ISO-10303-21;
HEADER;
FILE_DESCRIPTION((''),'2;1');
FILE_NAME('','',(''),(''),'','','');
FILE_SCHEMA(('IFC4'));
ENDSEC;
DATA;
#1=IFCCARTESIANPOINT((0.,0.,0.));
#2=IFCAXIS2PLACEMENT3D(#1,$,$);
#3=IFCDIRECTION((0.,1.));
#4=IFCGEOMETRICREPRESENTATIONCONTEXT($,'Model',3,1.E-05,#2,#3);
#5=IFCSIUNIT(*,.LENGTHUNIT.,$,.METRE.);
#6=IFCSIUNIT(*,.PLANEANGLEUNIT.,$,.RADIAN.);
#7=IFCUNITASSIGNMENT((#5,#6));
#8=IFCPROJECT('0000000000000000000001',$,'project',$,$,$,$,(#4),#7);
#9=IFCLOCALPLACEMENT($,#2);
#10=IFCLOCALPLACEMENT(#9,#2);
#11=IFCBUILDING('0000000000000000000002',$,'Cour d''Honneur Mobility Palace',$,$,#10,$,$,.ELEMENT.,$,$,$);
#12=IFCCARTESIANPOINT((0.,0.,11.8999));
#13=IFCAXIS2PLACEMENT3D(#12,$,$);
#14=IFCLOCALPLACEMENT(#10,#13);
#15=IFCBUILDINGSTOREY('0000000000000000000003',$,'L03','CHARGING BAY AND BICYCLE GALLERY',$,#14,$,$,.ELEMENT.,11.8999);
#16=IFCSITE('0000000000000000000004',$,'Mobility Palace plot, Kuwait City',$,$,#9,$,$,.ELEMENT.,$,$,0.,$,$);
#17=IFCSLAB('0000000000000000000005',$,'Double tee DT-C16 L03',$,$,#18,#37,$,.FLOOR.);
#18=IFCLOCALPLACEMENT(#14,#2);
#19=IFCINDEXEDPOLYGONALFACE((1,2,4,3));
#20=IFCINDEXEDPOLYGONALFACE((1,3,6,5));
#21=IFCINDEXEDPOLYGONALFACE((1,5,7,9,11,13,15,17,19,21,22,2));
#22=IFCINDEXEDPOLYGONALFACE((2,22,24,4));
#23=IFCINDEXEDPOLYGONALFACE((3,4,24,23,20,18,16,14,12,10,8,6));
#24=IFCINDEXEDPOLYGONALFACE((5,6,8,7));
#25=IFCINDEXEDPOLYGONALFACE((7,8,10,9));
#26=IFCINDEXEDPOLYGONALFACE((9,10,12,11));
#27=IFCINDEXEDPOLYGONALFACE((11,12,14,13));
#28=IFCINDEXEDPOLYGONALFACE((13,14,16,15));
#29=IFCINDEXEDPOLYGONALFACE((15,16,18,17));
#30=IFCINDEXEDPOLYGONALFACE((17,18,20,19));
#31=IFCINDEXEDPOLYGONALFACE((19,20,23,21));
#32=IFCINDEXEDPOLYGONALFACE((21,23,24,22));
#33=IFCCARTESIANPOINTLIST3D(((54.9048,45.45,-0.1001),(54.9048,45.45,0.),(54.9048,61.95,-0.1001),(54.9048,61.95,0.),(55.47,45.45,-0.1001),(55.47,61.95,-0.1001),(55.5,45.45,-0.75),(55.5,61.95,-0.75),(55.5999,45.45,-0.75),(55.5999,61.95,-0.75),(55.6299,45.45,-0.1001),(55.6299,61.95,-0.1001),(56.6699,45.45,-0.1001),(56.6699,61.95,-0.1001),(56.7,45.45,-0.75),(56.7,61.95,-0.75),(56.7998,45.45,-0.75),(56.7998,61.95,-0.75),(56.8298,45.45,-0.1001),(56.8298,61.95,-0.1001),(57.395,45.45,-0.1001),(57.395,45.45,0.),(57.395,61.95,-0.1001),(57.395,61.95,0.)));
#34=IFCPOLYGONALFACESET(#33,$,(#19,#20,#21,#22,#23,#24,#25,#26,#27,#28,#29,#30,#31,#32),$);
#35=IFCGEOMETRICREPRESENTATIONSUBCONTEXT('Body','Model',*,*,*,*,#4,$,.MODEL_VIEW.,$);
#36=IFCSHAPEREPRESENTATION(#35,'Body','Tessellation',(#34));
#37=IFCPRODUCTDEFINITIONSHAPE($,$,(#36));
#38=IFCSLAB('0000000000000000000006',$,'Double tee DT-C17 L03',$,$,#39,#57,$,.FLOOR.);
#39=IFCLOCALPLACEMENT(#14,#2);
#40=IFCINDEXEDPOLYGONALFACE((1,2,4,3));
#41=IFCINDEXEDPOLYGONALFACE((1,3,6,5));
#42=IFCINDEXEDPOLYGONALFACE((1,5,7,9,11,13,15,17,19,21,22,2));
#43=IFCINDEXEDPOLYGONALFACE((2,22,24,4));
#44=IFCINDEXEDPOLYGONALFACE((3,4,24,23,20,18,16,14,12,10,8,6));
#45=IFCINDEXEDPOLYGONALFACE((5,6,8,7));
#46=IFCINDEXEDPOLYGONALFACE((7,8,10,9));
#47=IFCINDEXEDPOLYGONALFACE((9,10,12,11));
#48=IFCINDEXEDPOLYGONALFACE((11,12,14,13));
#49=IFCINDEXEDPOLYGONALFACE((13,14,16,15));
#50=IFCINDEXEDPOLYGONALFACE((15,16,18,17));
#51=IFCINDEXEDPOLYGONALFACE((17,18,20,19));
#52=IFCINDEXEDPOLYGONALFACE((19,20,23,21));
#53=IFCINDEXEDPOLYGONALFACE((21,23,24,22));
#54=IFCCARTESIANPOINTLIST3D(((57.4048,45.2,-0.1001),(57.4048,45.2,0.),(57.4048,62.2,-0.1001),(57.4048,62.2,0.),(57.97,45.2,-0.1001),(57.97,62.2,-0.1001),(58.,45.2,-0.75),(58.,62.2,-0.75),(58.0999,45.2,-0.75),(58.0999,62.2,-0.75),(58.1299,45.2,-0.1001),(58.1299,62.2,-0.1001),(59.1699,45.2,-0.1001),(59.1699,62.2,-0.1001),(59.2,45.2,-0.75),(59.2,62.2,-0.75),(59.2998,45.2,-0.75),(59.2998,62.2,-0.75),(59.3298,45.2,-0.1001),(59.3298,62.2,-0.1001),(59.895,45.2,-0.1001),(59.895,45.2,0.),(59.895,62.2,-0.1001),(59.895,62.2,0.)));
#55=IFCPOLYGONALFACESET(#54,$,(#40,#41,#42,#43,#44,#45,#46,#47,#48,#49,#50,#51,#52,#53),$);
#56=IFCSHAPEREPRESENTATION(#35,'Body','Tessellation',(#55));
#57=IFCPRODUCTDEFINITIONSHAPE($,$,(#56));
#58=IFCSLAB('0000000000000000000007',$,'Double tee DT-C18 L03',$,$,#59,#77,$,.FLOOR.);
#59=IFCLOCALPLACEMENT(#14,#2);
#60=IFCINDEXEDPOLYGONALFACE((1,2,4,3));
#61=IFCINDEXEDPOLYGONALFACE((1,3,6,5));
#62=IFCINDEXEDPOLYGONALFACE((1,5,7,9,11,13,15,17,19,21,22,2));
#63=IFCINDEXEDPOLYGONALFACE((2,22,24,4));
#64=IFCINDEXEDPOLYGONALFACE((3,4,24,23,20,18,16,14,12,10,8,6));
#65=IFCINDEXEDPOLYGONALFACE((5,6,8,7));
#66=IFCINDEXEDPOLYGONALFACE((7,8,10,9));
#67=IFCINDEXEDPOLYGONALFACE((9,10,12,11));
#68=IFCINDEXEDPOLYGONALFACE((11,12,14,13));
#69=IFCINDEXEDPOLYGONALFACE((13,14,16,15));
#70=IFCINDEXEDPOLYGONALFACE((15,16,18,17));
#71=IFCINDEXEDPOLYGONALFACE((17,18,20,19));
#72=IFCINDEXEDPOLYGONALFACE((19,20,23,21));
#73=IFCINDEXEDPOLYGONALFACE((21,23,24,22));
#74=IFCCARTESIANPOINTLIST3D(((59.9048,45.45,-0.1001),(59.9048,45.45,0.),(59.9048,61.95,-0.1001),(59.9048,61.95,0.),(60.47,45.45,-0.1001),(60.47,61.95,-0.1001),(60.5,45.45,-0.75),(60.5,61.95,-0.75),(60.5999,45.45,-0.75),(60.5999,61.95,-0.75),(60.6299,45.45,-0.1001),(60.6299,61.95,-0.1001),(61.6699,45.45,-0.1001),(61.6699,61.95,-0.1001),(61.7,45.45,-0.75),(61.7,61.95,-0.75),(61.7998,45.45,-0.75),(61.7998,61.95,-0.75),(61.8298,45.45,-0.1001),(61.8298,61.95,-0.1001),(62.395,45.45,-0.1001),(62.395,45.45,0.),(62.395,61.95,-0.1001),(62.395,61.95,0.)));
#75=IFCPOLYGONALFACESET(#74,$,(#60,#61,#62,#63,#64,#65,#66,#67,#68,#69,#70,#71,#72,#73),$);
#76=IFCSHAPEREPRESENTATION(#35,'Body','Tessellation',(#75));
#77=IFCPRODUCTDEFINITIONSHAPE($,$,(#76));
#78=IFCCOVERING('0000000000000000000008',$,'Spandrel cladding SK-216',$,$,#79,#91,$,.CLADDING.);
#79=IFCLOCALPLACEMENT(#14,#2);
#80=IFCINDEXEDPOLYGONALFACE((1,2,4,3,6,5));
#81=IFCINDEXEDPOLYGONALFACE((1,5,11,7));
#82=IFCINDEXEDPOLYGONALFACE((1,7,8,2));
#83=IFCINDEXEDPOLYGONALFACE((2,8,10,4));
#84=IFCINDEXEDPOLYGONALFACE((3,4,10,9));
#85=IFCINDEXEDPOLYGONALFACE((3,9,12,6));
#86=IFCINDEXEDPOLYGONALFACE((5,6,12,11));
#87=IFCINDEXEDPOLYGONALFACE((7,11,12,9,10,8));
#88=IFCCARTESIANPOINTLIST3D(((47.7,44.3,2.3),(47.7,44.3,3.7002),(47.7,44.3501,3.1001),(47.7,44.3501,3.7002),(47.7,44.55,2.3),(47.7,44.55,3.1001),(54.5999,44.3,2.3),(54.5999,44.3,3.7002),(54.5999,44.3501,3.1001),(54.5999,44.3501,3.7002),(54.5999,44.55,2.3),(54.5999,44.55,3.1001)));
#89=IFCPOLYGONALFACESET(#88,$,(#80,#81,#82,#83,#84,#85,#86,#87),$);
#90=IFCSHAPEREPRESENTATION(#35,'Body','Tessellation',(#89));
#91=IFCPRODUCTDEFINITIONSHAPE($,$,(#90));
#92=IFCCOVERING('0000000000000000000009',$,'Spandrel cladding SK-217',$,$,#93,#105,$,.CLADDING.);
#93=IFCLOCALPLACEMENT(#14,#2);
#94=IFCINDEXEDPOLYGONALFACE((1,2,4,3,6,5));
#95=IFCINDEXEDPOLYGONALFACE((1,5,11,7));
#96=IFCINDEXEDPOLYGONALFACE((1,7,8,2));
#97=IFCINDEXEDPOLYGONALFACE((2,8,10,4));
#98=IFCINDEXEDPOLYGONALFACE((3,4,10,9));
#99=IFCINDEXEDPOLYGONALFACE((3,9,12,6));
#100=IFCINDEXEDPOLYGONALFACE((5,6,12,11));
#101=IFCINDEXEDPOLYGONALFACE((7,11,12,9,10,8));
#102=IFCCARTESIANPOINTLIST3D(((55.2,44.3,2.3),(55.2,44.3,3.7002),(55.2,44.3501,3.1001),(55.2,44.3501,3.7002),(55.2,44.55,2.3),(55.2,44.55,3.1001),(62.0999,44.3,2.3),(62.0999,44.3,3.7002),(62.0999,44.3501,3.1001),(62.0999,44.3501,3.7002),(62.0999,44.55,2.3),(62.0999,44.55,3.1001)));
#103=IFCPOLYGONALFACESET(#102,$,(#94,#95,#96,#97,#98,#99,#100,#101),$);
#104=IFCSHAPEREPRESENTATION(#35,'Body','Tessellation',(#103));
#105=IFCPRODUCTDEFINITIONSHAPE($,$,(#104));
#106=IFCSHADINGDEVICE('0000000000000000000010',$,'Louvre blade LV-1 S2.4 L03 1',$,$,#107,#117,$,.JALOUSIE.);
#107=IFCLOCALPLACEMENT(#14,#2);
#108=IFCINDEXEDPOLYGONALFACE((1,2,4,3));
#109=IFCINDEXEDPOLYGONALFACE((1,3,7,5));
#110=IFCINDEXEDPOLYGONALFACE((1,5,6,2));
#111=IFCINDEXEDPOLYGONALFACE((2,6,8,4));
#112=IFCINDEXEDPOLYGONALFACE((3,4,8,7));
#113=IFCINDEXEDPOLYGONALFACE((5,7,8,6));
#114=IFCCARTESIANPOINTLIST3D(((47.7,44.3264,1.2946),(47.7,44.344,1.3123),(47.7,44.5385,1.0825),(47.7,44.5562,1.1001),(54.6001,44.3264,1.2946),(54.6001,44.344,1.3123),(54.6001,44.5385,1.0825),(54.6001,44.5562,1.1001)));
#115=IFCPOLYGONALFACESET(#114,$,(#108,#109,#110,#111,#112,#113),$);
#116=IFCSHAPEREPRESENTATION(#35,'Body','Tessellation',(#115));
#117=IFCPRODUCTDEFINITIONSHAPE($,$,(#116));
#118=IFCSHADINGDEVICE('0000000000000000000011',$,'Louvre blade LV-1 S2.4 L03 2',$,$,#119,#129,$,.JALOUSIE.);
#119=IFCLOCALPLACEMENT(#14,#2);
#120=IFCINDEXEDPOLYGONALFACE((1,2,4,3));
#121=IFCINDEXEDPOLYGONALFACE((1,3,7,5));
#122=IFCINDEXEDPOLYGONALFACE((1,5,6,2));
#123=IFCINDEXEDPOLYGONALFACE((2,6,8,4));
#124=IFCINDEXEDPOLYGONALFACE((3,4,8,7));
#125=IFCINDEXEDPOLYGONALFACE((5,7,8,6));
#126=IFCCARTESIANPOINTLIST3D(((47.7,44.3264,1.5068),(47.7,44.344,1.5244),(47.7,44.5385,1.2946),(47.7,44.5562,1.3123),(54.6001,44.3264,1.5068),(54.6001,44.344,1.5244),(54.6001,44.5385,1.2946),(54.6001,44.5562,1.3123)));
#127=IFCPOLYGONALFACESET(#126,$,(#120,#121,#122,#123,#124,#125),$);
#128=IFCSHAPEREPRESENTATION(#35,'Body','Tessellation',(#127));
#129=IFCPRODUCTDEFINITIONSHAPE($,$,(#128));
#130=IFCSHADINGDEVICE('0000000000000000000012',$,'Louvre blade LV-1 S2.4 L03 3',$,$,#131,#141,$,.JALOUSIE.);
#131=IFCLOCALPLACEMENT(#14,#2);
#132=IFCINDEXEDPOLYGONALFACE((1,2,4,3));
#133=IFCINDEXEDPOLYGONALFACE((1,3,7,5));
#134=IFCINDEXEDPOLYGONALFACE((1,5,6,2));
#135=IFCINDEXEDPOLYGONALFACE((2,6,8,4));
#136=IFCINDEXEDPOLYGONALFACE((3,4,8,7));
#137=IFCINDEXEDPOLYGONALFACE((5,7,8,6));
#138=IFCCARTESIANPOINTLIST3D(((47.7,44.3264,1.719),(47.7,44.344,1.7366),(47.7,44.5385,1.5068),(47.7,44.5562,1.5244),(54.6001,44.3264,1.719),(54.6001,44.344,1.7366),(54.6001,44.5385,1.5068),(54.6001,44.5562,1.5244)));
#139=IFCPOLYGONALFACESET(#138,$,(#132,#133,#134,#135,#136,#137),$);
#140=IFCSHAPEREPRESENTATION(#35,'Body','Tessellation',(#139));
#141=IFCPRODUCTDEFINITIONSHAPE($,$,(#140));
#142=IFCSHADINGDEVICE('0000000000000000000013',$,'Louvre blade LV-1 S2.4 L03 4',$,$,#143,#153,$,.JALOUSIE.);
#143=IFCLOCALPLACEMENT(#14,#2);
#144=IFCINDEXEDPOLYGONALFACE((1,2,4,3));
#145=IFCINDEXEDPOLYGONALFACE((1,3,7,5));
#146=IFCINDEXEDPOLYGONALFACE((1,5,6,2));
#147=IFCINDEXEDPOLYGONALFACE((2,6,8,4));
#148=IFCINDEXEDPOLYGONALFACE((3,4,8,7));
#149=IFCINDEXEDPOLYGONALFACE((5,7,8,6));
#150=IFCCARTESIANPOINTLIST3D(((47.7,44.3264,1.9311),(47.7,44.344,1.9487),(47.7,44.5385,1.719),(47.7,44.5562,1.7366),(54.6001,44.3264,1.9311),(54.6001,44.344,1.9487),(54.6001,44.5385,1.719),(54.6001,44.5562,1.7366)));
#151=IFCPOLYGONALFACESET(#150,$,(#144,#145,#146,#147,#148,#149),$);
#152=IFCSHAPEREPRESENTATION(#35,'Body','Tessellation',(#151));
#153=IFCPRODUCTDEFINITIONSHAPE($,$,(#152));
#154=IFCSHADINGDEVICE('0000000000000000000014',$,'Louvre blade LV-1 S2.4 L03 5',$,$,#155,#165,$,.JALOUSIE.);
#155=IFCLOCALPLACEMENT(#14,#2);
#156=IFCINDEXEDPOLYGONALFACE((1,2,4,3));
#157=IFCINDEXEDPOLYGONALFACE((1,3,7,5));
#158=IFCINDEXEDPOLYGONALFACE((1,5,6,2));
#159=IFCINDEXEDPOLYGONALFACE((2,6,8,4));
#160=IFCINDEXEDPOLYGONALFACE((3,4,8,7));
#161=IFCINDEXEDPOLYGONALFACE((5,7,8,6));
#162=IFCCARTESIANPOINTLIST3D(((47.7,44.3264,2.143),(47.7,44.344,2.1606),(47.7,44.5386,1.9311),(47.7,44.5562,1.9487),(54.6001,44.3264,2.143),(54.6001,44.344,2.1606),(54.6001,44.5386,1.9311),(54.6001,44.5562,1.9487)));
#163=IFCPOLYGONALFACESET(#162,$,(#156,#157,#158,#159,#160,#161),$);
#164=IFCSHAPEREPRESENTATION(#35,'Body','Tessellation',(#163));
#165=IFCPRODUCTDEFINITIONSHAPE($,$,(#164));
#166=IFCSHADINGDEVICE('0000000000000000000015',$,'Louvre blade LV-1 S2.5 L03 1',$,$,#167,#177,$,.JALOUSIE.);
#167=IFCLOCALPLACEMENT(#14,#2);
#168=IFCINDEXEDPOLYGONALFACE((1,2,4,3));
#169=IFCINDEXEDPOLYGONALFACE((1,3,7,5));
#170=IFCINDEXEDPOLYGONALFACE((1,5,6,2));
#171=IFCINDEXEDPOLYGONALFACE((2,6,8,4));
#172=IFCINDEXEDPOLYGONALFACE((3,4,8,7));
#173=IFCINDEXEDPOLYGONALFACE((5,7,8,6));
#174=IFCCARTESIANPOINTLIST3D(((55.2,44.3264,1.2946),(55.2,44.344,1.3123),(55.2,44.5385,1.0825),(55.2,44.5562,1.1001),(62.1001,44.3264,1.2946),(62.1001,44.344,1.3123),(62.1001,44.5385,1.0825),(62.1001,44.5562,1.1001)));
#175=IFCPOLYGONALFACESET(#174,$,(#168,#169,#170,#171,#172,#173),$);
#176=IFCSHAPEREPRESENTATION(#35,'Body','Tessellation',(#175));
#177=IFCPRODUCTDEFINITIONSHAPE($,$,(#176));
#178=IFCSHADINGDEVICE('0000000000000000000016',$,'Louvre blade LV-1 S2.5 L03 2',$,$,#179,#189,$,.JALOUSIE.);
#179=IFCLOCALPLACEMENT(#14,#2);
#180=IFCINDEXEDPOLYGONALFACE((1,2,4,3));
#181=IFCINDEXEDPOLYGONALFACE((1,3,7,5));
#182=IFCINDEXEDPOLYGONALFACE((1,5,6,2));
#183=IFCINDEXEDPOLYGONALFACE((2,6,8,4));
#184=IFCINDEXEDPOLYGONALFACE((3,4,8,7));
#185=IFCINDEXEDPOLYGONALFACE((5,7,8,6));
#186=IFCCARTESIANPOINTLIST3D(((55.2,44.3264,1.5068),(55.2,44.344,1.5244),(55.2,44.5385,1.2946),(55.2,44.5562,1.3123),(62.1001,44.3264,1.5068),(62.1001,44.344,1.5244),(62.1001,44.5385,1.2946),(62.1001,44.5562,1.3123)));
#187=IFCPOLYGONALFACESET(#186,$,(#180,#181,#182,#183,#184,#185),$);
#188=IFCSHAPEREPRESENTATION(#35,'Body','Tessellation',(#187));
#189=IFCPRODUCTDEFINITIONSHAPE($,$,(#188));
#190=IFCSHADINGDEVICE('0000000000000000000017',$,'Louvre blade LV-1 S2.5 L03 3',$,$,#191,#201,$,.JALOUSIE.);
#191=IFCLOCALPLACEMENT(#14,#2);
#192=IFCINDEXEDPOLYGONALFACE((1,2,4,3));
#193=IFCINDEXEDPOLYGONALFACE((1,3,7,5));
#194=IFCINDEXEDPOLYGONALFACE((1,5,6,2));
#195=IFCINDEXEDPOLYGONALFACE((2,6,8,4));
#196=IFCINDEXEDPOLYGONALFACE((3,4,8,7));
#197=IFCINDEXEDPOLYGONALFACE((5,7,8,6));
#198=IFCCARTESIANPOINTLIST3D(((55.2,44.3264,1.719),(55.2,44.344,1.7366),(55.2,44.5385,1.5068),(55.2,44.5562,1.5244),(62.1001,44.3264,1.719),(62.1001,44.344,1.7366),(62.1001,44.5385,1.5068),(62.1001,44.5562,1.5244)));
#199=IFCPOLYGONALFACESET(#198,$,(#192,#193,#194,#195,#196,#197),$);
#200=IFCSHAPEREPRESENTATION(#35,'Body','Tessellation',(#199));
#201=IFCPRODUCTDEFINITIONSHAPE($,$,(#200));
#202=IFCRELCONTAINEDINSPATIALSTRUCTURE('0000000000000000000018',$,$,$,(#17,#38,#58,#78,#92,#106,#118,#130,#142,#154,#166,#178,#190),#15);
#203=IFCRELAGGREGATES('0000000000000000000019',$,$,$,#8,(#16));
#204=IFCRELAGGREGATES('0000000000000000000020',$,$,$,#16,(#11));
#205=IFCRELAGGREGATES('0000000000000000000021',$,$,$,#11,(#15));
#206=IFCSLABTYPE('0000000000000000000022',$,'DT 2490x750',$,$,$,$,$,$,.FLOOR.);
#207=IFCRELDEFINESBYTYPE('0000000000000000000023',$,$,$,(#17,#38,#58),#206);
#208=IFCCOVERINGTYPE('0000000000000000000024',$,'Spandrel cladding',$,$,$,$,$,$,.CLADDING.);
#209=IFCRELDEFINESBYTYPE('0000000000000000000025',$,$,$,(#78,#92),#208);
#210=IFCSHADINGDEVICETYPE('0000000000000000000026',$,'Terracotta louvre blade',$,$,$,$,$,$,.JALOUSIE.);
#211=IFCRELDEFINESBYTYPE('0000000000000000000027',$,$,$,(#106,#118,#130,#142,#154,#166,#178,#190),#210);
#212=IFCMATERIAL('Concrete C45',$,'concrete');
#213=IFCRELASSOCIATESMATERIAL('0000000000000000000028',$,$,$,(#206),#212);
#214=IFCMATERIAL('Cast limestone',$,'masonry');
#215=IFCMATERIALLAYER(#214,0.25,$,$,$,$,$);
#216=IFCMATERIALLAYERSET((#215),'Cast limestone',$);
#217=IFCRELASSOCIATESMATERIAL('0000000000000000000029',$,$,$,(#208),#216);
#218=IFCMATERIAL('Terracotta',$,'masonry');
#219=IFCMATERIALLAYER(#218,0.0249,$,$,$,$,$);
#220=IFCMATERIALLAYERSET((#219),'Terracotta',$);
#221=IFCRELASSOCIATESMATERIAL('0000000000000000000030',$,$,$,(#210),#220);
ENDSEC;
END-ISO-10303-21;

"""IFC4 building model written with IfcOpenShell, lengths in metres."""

from ifc_helpers import new_model, si_unit, direction, frame, origin, place, context, subcontext, project, spatial, polyline, outline, extrude, material, layer, layer_set, material_profile, profile_set, type_object, element, save


model = new_model("IFC4")

# Units and contexts
model_context = context("Model", 3, precision=1e-05, world=origin(), true_north=direction((0.0, 1.0)))
body_context = subcontext(model_context, "Body", "Model", "MODEL_VIEW")
ifc_project = project(units=[si_unit("LENGTHUNIT", "METRE"), si_unit("PLANEANGLEUNIT", "RADIAN")], contexts=[model_context])

# Site, building, storey
site_placement = place(None, origin())
site = spatial("IfcSite", under=ifc_project, at=site_placement, Name="Mobility Palace plot, Kuwait City", CompositionType="ELEMENT", RefElevation=0.0)
building_placement = place(site_placement, origin())
building = spatial("IfcBuilding", under=site, at=building_placement, Name="Cour d'Honneur Mobility Palace", CompositionType="ELEMENT")
storey_placement = place(building_placement, frame((0.0, 0.0, 11.8999)))
storey = spatial("IfcBuildingStorey", under=building, at=storey_placement, Name="L03", Description="CHARGING BAY AND BICYCLE GALLERY", CompositionType="ELEMENT", Elevation=11.8999)

# Slabs
ifc_material_1 = material(Name="Concrete C45", Category="concrete")
ifc_material_profile_1 = material_profile(ifc_material_1, outline(polyline([(-1.2451, 0.0), (1.2451, 0.0), (1.2451, -0.1001), (0.6799, -0.1001), (0.6499, -0.75), (0.55, -0.75), (0.52, -0.1001), (-0.52, -0.1001), (-0.55, -0.75), (-0.6499, -0.75), (-0.6799, -0.1001), (-1.2451, -0.1001), (-1.2451, 0.0)])), Name="DT 2490x750")
ifc_profile_set_1 = profile_set([ifc_material_profile_1], Name="Concrete C45")
slab_type = type_object("IfcSlabType", Name="DT 2490x750", PredefinedType="FLOOR", material=ifc_profile_set_1)
for number, where, z_axis, x_axis, name in (
    (1, (56.1499, 45.45, 0.0), (0.0, 1.0, 0.0), (-1.0, 0.0, 0.0), "Double tee DT-C16 L03"),
):
    element("IfcSlab", number, at=place(storey_placement, frame(where, z_axis=z_axis, x_axis=x_axis)), inside=storey, type_object=slab_type, Name=name, PredefinedType="FLOOR", context=body_context, shape_type="SweptSolid", body=[
        extrude(outline(polyline([(-1.2451, 0.0), (1.2451, 0.0), (1.2451, -0.1001), (0.6799, -0.1001), (0.6499, -0.75), (0.55, -0.75), (0.52, -0.1001), (-0.52, -0.1001), (-0.55, -0.75), (-0.6499, -0.75), (-0.6799, -0.1001), (-1.2451, -0.1001), (-1.2451, 0.0)])), origin(), (0.0, 0.0, 1.0), 16.5),
    ])
slab_1_placement = place(storey_placement, frame((58.6499, 45.2, 0.0), z_axis=(0.0, 1.0, 0.0), x_axis=(-1.0, 0.0, 0.0)))
element("IfcSlab", 2, at=slab_1_placement, inside=storey, type_object=slab_type, Name="Double tee DT-C17 L03", PredefinedType="FLOOR", context=body_context, shape_type="SweptSolid", body=[
    extrude(outline(polyline([(-1.2451, 0.0), (1.2451, 0.0), (1.2451, -0.1001), (0.6799, -0.1001), (0.6499, -0.75), (0.55, -0.75), (0.52, -0.1001), (-0.52, -0.1001), (-0.55, -0.75), (-0.6499, -0.75), (-0.6799, -0.1001), (-1.2451, -0.1001), (-1.2451, 0.0)])), origin(), (0.0, 0.0, 1.0), 17.0),
])
slab_2_placement = place(storey_placement, frame((61.1499, 45.45, 0.0), z_axis=(0.0, 1.0, 0.0), x_axis=(-1.0, 0.0, 0.0)))
element("IfcSlab", 3, at=slab_2_placement, inside=storey, type_object=slab_type, Name="Double tee DT-C18 L03", PredefinedType="FLOOR", context=body_context, shape_type="SweptSolid", body=[
    extrude(outline(polyline([(-1.2451, 0.0), (1.2451, 0.0), (1.2451, -0.1001), (0.6799, -0.1001), (0.6499, -0.75), (0.55, -0.75), (0.52, -0.1001), (-0.52, -0.1001), (-0.55, -0.75), (-0.6499, -0.75), (-0.6799, -0.1001), (-1.2451, -0.1001), (-1.2451, 0.0)])), origin(), (0.0, 0.0, 1.0), 16.5),
])

# Coverings
ifc_material_2 = material(Name="Cast limestone", Category="masonry")
ifc_layer_1 = layer(ifc_material_2, 0.25)
ifc_layer_set_1 = layer_set([ifc_layer_1], Name="Cast limestone")
covering_type = type_object("IfcCoveringType", Name="Spandrel cladding", PredefinedType="CLADDING", material=ifc_layer_set_1)
for number, where, z_axis, x_axis, name in (
    (4, (47.7, 44.55, 2.3), (-1.0, 0.0, 0.0), (0.0, -1.0, 0.0), "Spandrel cladding SK-216"),
    (5, (55.2, 44.55, 2.3), (-1.0, 0.0, 0.0), (0.0, -1.0, 0.0), "Spandrel cladding SK-217"),
):
    element("IfcCovering", number, at=place(storey_placement, frame(where, z_axis=z_axis, x_axis=x_axis)), inside=storey, type_object=covering_type, Name=name, PredefinedType="CLADDING", context=body_context, shape_type="SweptSolid", body=[
        extrude(outline(polyline([(0.0, 0.0), (0.25, 0.0), (0.25, 1.4001), (0.2, 1.4001), (0.2, 0.8), (0.0, 0.8), (0.0, 0.0)])), origin(), (0.0, 0.0, -1.0), 6.8999),
    ])

# Shading devices
ifc_material_3 = material(Name="Terracotta", Category="masonry")
ifc_layer_2 = layer(ifc_material_3, 0.0249)
ifc_layer_set_2 = layer_set([ifc_layer_2], Name="Terracotta")
shading_device_type = type_object("IfcShadingDeviceType", Name="Terracotta louvre blade", PredefinedType="JALOUSIE", material=ifc_layer_set_2)
for number, where, z_axis, x_axis, name in (
    (6, (47.7, 44.5562, 1.1001), (0.0, 0.707107, 0.707107), (1.0, 0.0, 0.0), "Louvre blade LV-1 S2.4 L03 1"),
    (7, (47.7, 44.5562, 1.3123), (0.0, 0.707107, 0.707107), (1.0, 0.0, 0.0), "Louvre blade LV-1 S2.4 L03 2"),
    (8, (47.7, 44.5562, 1.5244), (0.0, 0.707107, 0.707107), (1.0, 0.0, 0.0), "Louvre blade LV-1 S2.4 L03 3"),
    (9, (47.7, 44.5562, 1.7366), (0.0, 0.707107, 0.707107), (1.0, 0.0, 0.0), "Louvre blade LV-1 S2.4 L03 4"),
):
    element("IfcShadingDevice", number, at=place(storey_placement, frame(where, z_axis=z_axis, x_axis=x_axis)), inside=storey, type_object=shading_device_type, Name=name, PredefinedType="JALOUSIE", context=body_context, shape_type="SweptSolid", body=[
        extrude(outline(polyline([(0.0, 0.0), (6.9001, 0.0), (6.9001, -0.3), (0.0, -0.3), (0.0, 0.0)])), origin(), (0.0, 0.0, -1.0), 0.0249),
    ])
shading_device_1_placement = place(storey_placement, frame((47.7, 44.5562, 1.9487), z_axis=(0.0, 0.7067, 0.707514), x_axis=(1.0, 0.0, 0.0)))
element("IfcShadingDevice", 10, at=shading_device_1_placement, inside=storey, type_object=shading_device_type, Name="Louvre blade LV-1 S2.4 L03 5", PredefinedType="JALOUSIE", context=body_context, shape_type="SweptSolid", body=[
    extrude(outline(polyline([(0.0, 0.0), (6.9001, 0.0), (6.9001, -0.2999), (0.0, -0.2999), (0.0, 0.0)])), origin(), (0.0, 0.0, -1.0), 0.0249),
])
for number, where, z_axis, x_axis, name in (
    (11, (55.2, 44.5562, 1.1001), (0.0, 0.707107, 0.707107), (1.0, 0.0, 0.0), "Louvre blade LV-1 S2.5 L03 1"),
    (12, (55.2, 44.5562, 1.3123), (0.0, 0.707107, 0.707107), (1.0, 0.0, 0.0), "Louvre blade LV-1 S2.5 L03 2"),
    (13, (55.2, 44.5562, 1.5244), (0.0, 0.707107, 0.707107), (1.0, 0.0, 0.0), "Louvre blade LV-1 S2.5 L03 3"),
):
    element("IfcShadingDevice", number, at=place(storey_placement, frame(where, z_axis=z_axis, x_axis=x_axis)), inside=storey, type_object=shading_device_type, Name=name, PredefinedType="JALOUSIE", context=body_context, shape_type="SweptSolid", body=[
        extrude(outline(polyline([(0.0, 0.0), (6.9001, 0.0), (6.9001, -0.3), (0.0, -0.3), (0.0, 0.0)])), origin(), (0.0, 0.0, -1.0), 0.0249),
    ])

save(model, "model.ifc")
